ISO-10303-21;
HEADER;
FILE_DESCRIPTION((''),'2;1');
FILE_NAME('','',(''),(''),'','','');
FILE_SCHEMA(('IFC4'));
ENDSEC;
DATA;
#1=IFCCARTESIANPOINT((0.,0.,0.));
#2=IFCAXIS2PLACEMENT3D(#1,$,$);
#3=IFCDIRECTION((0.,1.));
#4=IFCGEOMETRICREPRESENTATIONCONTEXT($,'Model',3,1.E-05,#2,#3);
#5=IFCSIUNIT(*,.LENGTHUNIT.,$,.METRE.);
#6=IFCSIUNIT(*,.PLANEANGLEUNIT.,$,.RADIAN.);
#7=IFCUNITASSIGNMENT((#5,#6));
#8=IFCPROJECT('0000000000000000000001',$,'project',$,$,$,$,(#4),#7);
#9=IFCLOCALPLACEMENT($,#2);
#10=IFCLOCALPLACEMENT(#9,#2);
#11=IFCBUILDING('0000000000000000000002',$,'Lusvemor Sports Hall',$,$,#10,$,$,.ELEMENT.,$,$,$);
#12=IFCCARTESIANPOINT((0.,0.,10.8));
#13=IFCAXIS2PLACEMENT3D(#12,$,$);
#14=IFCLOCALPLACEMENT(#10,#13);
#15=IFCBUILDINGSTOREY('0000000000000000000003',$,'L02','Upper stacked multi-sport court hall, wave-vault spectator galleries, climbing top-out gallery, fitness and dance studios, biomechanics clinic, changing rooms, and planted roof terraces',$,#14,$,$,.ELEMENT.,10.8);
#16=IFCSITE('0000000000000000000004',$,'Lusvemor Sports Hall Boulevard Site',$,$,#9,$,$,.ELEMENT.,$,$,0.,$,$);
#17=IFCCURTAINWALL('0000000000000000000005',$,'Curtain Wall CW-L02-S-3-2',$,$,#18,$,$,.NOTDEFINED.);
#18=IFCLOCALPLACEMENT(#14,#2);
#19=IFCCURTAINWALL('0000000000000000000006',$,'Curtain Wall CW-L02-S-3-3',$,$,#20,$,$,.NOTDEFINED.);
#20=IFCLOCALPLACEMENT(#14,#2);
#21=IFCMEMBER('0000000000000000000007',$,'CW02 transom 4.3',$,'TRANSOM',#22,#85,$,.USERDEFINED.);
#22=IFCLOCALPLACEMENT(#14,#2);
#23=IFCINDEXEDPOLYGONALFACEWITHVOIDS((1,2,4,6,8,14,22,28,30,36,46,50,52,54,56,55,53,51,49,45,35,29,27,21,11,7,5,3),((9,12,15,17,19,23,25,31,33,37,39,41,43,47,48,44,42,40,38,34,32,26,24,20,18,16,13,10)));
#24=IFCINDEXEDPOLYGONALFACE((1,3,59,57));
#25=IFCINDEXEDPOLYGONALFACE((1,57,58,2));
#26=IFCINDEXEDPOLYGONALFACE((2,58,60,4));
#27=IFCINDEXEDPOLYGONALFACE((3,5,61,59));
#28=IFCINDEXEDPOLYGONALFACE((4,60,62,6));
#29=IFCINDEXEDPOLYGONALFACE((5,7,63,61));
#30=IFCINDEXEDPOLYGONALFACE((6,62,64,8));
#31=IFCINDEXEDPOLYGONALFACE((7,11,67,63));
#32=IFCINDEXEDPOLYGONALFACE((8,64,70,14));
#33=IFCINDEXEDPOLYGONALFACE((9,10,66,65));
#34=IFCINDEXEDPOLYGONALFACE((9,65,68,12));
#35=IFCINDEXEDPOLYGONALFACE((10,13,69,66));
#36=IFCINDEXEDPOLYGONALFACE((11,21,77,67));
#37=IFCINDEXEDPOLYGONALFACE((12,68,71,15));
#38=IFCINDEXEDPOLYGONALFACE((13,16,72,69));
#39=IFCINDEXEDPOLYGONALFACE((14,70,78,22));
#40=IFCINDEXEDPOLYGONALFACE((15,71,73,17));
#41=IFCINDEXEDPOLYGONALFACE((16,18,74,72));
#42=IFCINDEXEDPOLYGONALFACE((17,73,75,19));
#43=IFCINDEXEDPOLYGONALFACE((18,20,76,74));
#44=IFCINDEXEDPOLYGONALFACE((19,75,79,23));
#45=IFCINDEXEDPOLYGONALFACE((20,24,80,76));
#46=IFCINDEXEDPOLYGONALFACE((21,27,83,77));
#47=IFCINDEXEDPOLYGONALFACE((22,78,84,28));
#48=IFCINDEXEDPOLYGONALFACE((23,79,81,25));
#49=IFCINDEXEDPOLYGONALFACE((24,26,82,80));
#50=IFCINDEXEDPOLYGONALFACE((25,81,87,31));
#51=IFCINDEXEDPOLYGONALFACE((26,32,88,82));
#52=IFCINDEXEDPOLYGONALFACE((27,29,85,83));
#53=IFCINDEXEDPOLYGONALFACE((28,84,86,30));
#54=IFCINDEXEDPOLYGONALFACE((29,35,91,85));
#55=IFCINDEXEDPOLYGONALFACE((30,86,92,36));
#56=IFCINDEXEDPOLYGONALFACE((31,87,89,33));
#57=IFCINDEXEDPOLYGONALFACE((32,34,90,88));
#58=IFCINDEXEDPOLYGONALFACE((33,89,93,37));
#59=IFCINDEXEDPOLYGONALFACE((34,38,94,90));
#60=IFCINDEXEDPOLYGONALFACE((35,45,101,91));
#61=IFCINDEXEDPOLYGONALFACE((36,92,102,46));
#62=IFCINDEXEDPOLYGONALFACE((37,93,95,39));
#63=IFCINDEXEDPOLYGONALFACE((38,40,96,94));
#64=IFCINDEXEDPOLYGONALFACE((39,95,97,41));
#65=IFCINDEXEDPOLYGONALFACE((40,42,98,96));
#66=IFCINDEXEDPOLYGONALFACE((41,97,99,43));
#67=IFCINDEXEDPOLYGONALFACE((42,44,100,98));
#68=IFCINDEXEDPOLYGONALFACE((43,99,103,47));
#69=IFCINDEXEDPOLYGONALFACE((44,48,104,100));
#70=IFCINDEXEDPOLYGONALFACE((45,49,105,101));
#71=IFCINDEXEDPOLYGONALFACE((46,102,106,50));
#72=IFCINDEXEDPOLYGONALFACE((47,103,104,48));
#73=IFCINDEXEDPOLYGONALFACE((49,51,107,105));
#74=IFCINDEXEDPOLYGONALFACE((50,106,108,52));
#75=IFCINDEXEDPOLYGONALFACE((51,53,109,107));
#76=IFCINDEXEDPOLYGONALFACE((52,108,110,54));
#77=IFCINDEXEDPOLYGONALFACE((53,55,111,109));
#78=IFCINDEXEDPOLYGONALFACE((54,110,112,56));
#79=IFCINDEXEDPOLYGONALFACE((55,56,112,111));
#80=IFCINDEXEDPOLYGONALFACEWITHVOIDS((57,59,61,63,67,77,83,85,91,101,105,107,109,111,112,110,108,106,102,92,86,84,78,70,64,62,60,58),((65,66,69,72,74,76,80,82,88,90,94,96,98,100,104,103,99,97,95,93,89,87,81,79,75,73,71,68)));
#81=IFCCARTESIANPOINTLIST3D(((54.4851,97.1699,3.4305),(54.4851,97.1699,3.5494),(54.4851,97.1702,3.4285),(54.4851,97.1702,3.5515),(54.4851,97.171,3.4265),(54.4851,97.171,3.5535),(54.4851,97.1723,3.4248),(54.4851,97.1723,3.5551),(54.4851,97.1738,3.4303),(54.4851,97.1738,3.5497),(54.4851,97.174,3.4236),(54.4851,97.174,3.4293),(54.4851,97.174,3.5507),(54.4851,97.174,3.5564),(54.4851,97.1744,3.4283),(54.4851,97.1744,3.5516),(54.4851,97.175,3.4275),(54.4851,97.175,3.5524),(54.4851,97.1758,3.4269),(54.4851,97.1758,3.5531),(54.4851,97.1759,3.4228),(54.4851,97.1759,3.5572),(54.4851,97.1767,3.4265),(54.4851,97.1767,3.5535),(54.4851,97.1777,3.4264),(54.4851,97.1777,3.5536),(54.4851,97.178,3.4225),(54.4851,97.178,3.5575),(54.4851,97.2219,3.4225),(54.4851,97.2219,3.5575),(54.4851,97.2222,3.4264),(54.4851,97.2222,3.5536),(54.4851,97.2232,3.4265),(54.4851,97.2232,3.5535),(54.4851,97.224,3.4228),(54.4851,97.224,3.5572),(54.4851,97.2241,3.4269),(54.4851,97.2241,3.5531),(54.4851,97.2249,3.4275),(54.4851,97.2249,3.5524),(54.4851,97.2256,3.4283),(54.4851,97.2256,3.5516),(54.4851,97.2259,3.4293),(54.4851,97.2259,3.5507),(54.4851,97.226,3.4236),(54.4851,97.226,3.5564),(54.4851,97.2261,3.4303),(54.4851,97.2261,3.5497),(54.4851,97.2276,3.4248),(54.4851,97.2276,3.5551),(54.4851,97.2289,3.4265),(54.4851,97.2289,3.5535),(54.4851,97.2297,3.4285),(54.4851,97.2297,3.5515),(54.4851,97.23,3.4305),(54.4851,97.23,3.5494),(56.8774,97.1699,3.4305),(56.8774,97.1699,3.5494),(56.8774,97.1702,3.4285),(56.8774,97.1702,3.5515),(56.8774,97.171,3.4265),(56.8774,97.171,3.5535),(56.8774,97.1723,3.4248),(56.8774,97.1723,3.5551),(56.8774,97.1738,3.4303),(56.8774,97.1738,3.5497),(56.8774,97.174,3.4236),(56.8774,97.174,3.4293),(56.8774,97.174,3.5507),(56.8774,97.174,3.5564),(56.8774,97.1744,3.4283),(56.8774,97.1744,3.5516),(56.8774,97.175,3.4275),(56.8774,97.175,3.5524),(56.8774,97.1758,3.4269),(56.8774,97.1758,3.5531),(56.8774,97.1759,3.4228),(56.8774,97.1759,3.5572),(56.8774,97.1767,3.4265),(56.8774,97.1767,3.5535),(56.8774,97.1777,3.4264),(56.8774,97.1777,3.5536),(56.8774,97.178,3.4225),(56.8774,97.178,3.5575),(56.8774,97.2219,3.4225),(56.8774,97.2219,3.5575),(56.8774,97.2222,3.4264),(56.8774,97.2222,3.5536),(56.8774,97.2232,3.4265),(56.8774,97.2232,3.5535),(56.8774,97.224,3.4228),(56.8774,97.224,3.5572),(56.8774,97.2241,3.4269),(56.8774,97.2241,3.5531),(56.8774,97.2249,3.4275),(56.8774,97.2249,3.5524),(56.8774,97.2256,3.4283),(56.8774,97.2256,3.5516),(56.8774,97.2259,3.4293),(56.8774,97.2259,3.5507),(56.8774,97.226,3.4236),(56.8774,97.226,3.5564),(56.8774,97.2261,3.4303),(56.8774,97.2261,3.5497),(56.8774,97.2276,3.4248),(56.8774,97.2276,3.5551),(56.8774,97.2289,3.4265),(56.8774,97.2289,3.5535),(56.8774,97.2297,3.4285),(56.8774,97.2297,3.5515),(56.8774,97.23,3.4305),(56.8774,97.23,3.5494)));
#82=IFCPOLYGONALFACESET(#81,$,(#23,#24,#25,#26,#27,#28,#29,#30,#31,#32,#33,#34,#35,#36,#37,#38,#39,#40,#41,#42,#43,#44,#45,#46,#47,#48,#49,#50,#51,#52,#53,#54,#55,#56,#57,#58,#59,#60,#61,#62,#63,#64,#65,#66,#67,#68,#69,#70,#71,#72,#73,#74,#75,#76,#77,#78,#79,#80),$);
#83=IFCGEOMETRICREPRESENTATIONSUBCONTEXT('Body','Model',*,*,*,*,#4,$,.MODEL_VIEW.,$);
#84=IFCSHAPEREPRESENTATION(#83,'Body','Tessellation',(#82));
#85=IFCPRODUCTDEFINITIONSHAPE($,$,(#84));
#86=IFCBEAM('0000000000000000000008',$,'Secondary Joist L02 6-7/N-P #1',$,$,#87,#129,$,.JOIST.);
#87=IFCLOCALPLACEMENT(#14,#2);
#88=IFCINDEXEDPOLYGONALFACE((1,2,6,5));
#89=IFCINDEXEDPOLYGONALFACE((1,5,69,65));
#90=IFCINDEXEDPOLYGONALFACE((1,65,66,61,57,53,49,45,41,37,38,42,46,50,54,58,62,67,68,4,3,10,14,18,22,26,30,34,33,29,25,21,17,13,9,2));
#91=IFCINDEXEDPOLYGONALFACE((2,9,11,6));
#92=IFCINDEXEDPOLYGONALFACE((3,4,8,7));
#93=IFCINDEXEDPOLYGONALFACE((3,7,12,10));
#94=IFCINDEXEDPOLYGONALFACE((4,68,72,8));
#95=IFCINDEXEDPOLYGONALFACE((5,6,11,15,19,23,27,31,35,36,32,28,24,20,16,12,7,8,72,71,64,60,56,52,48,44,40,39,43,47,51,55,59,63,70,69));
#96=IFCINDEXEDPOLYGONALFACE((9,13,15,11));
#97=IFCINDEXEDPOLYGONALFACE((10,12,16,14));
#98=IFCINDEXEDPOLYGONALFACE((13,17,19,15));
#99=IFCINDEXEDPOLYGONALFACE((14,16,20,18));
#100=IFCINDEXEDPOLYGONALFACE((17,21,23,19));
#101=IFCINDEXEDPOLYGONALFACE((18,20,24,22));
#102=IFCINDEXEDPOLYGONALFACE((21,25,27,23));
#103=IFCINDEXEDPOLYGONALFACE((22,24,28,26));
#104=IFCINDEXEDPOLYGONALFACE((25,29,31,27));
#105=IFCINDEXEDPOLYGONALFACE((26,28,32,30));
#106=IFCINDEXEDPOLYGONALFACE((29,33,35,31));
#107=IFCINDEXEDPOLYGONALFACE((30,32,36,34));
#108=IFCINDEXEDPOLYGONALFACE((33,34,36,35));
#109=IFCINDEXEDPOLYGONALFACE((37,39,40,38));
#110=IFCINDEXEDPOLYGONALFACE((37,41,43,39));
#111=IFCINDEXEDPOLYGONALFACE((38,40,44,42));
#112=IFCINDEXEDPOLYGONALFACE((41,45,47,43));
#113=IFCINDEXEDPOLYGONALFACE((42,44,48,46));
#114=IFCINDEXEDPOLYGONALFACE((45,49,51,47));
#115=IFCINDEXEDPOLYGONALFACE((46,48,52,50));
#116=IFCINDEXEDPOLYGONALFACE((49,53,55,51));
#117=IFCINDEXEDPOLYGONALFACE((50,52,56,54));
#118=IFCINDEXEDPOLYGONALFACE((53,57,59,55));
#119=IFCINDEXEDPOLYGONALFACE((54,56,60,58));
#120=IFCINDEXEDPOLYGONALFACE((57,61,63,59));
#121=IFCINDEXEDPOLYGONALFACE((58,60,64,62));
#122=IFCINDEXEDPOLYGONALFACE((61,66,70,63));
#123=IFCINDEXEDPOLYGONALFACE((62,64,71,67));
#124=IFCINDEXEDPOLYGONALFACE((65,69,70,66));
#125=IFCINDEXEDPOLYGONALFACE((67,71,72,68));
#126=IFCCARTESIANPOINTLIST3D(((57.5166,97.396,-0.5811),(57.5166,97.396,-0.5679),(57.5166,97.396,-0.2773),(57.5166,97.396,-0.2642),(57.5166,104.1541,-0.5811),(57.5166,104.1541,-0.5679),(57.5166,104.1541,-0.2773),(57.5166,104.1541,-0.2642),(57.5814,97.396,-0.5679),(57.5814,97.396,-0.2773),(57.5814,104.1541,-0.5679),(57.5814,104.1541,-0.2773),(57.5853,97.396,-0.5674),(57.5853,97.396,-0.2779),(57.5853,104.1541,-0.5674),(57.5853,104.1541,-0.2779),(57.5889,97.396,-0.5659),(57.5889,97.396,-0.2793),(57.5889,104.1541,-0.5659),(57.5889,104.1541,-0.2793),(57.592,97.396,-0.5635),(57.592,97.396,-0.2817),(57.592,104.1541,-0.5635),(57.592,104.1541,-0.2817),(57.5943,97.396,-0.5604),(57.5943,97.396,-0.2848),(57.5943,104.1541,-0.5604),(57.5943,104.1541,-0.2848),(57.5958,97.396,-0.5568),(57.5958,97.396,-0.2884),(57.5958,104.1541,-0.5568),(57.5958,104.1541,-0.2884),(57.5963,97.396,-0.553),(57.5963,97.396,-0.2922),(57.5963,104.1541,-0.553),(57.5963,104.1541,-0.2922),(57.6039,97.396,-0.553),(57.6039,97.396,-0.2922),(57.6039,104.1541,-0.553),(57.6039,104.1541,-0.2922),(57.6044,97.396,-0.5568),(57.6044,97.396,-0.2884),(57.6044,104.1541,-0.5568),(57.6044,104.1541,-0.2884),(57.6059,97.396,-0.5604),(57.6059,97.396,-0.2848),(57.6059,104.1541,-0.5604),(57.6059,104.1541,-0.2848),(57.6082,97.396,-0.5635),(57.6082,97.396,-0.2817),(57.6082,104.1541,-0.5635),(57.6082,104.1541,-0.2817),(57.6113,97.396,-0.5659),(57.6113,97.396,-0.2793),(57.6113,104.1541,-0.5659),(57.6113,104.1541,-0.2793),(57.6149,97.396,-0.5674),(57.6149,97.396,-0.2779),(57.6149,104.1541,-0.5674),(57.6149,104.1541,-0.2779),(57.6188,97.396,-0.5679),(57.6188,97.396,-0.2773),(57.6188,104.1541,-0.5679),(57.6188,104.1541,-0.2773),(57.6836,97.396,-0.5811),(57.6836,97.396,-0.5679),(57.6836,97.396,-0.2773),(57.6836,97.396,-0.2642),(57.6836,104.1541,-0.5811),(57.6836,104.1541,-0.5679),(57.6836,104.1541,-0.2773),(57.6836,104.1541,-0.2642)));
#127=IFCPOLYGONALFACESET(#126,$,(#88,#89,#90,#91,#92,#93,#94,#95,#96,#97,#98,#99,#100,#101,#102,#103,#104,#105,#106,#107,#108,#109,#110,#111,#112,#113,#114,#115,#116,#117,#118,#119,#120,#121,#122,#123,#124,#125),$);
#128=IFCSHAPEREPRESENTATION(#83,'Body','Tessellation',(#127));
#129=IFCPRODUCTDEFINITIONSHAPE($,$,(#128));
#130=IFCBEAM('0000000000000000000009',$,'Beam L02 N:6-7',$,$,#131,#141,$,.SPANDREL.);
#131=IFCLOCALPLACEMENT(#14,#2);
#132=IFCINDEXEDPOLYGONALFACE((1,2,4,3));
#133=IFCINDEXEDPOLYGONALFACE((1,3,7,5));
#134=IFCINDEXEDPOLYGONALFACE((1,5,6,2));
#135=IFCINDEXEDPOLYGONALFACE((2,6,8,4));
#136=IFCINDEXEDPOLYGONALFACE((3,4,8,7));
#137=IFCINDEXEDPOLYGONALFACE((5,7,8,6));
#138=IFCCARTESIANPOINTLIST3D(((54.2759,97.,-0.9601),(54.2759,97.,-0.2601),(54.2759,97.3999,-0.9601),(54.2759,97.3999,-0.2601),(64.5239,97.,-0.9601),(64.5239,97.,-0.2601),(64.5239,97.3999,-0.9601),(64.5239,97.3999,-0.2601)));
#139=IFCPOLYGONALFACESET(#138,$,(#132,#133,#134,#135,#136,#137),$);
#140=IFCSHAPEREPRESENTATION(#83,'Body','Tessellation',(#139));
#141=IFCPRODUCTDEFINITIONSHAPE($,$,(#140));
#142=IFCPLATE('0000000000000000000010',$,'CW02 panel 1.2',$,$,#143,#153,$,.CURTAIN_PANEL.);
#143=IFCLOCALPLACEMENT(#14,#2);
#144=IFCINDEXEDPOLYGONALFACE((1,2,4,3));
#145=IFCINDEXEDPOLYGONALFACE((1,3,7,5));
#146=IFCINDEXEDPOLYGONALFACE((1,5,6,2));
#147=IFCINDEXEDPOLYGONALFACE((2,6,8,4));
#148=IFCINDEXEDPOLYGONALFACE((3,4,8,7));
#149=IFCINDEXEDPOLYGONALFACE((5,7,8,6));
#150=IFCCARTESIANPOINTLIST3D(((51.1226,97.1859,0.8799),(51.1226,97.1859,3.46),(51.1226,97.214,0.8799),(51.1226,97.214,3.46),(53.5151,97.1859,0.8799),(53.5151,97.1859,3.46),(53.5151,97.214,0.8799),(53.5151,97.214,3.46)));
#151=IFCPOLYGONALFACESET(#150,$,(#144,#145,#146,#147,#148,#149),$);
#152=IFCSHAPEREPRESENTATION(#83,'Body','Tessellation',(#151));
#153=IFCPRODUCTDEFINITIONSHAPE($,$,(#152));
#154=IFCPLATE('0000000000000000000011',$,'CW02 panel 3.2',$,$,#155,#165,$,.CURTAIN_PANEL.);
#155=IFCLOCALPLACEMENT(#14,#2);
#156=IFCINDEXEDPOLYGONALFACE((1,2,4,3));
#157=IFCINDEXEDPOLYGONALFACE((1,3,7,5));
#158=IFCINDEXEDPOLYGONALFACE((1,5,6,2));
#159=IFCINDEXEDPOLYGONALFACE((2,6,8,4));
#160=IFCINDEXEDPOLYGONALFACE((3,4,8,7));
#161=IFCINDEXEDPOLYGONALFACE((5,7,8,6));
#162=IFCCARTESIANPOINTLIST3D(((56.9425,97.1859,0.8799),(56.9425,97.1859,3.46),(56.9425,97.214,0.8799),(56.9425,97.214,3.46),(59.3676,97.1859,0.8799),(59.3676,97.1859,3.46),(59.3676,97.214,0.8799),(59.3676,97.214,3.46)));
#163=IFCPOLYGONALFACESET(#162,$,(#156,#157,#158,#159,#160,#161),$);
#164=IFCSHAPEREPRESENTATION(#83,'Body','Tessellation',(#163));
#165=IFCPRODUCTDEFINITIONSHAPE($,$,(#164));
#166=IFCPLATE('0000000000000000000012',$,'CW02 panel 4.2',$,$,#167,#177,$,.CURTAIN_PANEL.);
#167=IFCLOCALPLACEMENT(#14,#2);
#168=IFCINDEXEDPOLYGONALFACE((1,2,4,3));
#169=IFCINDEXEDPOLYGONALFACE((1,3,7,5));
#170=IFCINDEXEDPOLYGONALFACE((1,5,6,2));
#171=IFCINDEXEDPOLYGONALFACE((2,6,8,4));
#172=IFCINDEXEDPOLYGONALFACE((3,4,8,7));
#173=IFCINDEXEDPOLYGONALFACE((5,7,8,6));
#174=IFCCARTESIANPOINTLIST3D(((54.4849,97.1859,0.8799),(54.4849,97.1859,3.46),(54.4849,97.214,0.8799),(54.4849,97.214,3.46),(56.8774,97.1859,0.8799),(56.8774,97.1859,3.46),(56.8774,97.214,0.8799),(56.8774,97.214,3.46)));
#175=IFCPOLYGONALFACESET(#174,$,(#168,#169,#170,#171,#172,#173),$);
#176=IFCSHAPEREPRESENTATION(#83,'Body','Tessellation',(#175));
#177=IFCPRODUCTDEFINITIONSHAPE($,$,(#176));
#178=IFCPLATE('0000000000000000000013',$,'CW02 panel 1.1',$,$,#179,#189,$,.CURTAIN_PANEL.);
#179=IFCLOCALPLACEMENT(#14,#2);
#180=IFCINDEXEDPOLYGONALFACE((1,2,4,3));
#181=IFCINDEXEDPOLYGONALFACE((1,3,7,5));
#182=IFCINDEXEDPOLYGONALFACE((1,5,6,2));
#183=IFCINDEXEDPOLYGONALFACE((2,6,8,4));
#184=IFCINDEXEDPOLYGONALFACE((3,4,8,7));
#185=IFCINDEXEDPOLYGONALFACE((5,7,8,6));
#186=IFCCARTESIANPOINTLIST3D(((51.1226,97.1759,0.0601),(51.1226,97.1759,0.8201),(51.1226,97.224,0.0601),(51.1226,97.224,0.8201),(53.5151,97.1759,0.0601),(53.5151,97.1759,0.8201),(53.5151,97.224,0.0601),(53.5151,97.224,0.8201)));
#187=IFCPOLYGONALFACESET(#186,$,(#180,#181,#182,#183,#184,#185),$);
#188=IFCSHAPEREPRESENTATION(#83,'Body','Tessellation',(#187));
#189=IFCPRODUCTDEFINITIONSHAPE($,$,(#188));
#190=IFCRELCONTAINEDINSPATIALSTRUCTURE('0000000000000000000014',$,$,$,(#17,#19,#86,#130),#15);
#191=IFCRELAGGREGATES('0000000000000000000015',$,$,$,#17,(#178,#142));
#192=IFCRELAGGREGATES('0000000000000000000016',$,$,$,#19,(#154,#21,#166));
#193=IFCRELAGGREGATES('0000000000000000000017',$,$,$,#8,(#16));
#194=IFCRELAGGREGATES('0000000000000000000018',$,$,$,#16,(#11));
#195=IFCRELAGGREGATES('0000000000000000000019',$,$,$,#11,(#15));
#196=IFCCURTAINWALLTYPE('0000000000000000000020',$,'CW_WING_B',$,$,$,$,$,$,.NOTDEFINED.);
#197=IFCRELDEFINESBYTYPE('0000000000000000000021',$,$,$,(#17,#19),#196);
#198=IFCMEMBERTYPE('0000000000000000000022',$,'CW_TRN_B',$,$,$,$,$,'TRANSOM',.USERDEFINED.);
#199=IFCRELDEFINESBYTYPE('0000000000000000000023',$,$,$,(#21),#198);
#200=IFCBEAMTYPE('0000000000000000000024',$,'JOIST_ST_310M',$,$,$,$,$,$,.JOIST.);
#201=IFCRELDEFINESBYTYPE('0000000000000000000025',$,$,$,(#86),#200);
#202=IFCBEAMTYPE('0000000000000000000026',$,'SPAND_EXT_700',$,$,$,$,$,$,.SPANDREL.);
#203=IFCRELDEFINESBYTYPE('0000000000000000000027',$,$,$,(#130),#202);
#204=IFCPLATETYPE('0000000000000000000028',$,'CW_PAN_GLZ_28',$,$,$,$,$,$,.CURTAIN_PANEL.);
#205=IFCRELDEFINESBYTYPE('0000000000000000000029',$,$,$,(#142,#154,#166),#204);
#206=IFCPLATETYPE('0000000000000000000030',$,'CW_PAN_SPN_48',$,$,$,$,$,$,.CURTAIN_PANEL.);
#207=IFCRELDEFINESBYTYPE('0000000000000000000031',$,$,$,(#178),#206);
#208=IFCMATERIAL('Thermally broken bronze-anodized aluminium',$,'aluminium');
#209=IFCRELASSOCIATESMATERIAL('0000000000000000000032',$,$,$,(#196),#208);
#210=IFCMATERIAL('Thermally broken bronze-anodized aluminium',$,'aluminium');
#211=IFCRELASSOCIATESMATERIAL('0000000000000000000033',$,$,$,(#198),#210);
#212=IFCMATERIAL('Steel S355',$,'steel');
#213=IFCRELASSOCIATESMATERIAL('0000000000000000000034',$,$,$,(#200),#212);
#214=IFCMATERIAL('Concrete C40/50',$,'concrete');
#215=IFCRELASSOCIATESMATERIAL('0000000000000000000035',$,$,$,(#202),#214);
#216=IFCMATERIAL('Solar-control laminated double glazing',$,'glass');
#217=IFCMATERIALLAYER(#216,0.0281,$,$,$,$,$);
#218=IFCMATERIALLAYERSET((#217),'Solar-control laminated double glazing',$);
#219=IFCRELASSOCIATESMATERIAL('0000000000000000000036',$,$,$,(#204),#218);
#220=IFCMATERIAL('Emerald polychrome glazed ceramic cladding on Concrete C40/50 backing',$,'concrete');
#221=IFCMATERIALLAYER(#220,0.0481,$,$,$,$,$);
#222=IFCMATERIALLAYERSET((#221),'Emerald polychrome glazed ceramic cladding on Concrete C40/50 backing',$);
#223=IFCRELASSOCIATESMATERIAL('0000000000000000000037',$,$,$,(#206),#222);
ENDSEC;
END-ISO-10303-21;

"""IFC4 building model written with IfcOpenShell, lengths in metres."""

from ifc_helpers import new_model, si_unit, direction, frame, origin, origin_2d, place, context, subcontext, project, spatial, rectangle, hollow_rectangle, i_section, extrude, material, layer, layer_set, material_profile, profile_set, type_object, element, aggregate, save


model = new_model("IFC4")

# Units and contexts
model_context = context("Model", 3, precision=1e-05, world=origin(), true_north=direction((0.0, 1.0)))
body_context = subcontext(model_context, "Body", "Model", "MODEL_VIEW")
ifc_project = project(units=[si_unit("LENGTHUNIT", "METRE"), si_unit("PLANEANGLEUNIT", "RADIAN")], contexts=[model_context])

# Site, building, storey
site_placement = place(None, origin())
site = spatial("IfcSite", under=ifc_project, at=site_placement, Name="Lusvemor Sports Hall Boulevard Site", CompositionType="ELEMENT", RefElevation=0.0)
building_placement = place(site_placement, origin())
building = spatial("IfcBuilding", under=site, at=building_placement, Name="Lusvemor Sports Hall", CompositionType="ELEMENT")
storey_placement = place(building_placement, frame((0.0, 0.0, 10.8)))
storey = spatial("IfcBuildingStorey", under=building, at=storey_placement, Name="L02", Description="Upper stacked multi-sport court hall, wave-vault spectator galleries, climbing top-out gallery, fitness and dance studios, biomechanics clinic, changing rooms, and planted roof terraces", CompositionType="ELEMENT", Elevation=10.8)

# Curtain wall
ifc_material_1 = material(Name="Thermally broken bronze-anodized aluminium", Category="aluminium")
curtain_wall_type = type_object("IfcCurtainWallType", Name="CW_WING_B", PredefinedType="NOTDEFINED", material=ifc_material_1)
curtain_wall_1_placement = place(storey_placement, origin())
curtain_wall_1 = element("IfcCurtainWall", 1, at=curtain_wall_1_placement, inside=storey, type_object=curtain_wall_type, Name="Curtain Wall CW-L02-S-3-2", PredefinedType="NOTDEFINED")

# Curtain wall
curtain_wall_2_placement = place(storey_placement, origin())
curtain_wall_2 = element("IfcCurtainWall", 2, at=curtain_wall_2_placement, inside=storey, type_object=curtain_wall_type, Name="Curtain Wall CW-L02-S-3-3", PredefinedType="NOTDEFINED")

# Member
ifc_material_2 = material(Name="Thermally broken bronze-anodized aluminium", Category="aluminium")
ifc_material_profile_1 = material_profile(ifc_material_2, hollow_rectangle(XDim=0.0601, YDim=0.135, WallThickness=0.0039, InnerFilletRadius=0.0039, OuterFilletRadius=0.0081, at=origin_2d()), Name="CWTRN135x60x4")
ifc_profile_set_1 = profile_set([ifc_material_profile_1], Name="Thermally broken bronze-anodized aluminium")
member_type_1 = type_object("IfcMemberType", Name="CW_TRN_B", ElementType="TRANSOM", PredefinedType="USERDEFINED", material=ifc_profile_set_1)
member_1_placement = place(storey_placement, frame((56.8774, 97.2, 3.49), z_axis=(-1.0, 0.0, 0.0), x_axis=(0.0, -1.0, 0.0)))
member_1 = element("IfcMember", 3, at=member_1_placement, type_object=member_type_1, Name="CW02 transom 4.3", ObjectType="TRANSOM", PredefinedType="USERDEFINED", context=body_context, shape_type="SweptSolid", body=[
    extrude(hollow_rectangle(XDim=0.0601, YDim=0.135, WallThickness=0.0039, InnerFilletRadius=0.0039, OuterFilletRadius=0.0081, at=origin_2d()), origin(), (0.0, 0.0, 1.0), 2.3923),
])

# Beams
ifc_material_3 = material(Name="Steel S355", Category="steel")
ifc_material_profile_2 = material_profile(ifc_material_3, i_section(OverallWidth=0.167, OverallDepth=0.3169, WebThickness=0.0076, FlangeThickness=0.0132, FilletRadius=0.0149, at=origin_2d()), Name="W310x52.0")
ifc_profile_set_2 = profile_set([ifc_material_profile_2], Name="Steel S355")
beam_type_1 = type_object("IfcBeamType", Name="JOIST_ST_310M", PredefinedType="JOIST", material=ifc_profile_set_2)
beam_1_placement = place(storey_placement, frame((57.6001, 97.396, -0.4226), z_axis=(0.0, 1.0, 0.0), x_axis=(-1.0, 0.0, 0.0)))
element("IfcBeam", 4, at=beam_1_placement, inside=storey, type_object=beam_type_1, Name="Secondary Joist L02 6-7/N-P #1", PredefinedType="JOIST", context=body_context, shape_type="SweptSolid", body=[
    extrude(i_section(OverallWidth=0.167, OverallDepth=0.3169, WebThickness=0.0076, FlangeThickness=0.0132, FilletRadius=0.0149, at=origin_2d()), origin(), (0.0, 0.0, 1.0), 6.7581),
])
ifc_material_4 = material(Name="Concrete C40/50", Category="concrete")
ifc_material_profile_3 = material_profile(ifc_material_4, rectangle(XDim=0.3999, YDim=0.7, at=origin_2d()), Name="RC400x700")
ifc_profile_set_3 = profile_set([ifc_material_profile_3], Name="Concrete C40/50")
beam_type_2 = type_object("IfcBeamType", Name="SPAND_EXT_700", PredefinedType="SPANDREL", material=ifc_profile_set_3)
beam_2_placement = place(storey_placement, frame((54.2759, 97.2, -0.6101), z_axis=(1.0, 0.0, 0.0), x_axis=(0.0, 1.0, 0.0)))
element("IfcBeam", 5, at=beam_2_placement, inside=storey, type_object=beam_type_2, Name="Beam L02 N:6-7", PredefinedType="SPANDREL", context=body_context, shape_type="SweptSolid", body=[
    extrude(rectangle(XDim=0.3999, YDim=0.7, at=origin_2d()), origin(), (0.0, 0.0, 1.0), 10.248),
])

# Plates
ifc_material_5 = material(Name="Solar-control laminated double glazing", Category="glass")
ifc_layer_1 = layer(ifc_material_5, 0.0281)
ifc_layer_set_1 = layer_set([ifc_layer_1], Name="Solar-control laminated double glazing")
plate_type_1 = type_object("IfcPlateType", Name="CW_PAN_GLZ_28", PredefinedType="CURTAIN_PANEL", material=ifc_layer_set_1)
plate_1_placement = place(storey_placement, frame((52.3188, 97.2, 0.8799), z_axis=(0.0, 0.0, 1.0), x_axis=(-1.0, 0.0, 0.0)))
plate_1 = element("IfcPlate", 6, at=plate_1_placement, type_object=plate_type_1, Name="CW02 panel 1.2", PredefinedType="CURTAIN_PANEL", context=body_context, shape_type="SweptSolid", body=[
    extrude(rectangle(XDim=2.3926, YDim=0.0281, at=origin_2d()), origin(), (0.0, 0.0, 1.0), 2.5801),
])
plate_2_placement = place(storey_placement, frame((58.155, 97.2, 0.8799), z_axis=(0.0, 0.0, 1.0), x_axis=(-1.0, 0.0, 0.0)))
plate_2 = element("IfcPlate", 7, at=plate_2_placement, type_object=plate_type_1, Name="CW02 panel 3.2", PredefinedType="CURTAIN_PANEL", context=body_context, shape_type="SweptSolid", body=[
    extrude(rectangle(XDim=2.425, YDim=0.0281, at=origin_2d()), origin(), (0.0, 0.0, 1.0), 2.5801),
])
plate_3_placement = place(storey_placement, frame((55.6812, 97.2, 0.8799), z_axis=(0.0, 0.0, 1.0), x_axis=(-1.0, 0.0, 0.0)))
plate_3 = element("IfcPlate", 8, at=plate_3_placement, type_object=plate_type_1, Name="CW02 panel 4.2", PredefinedType="CURTAIN_PANEL", context=body_context, shape_type="SweptSolid", body=[
    extrude(rectangle(XDim=2.3926, YDim=0.0281, at=origin_2d()), origin(), (0.0, 0.0, 1.0), 2.5801),
])
ifc_material_6 = material(Name="Emerald polychrome glazed ceramic cladding on Concrete C40/50 backing", Category="concrete")
ifc_layer_2 = layer(ifc_material_6, 0.0481)
ifc_layer_set_2 = layer_set([ifc_layer_2], Name="Emerald polychrome glazed ceramic cladding on Concrete C40/50 backing")
plate_type_2 = type_object("IfcPlateType", Name="CW_PAN_SPN_48", PredefinedType="CURTAIN_PANEL", material=ifc_layer_set_2)
plate_4_placement = place(storey_placement, frame((52.3188, 97.2, 0.0601), z_axis=(0.0, 0.0, 1.0), x_axis=(-1.0, 0.0, 0.0)))
plate_4 = element("IfcPlate", 9, at=plate_4_placement, type_object=plate_type_2, Name="CW02 panel 1.1", PredefinedType="CURTAIN_PANEL", context=body_context, shape_type="SweptSolid", body=[
    extrude(rectangle(XDim=2.3926, YDim=0.0481, at=origin_2d()), origin(), (0.0, 0.0, 1.0), 0.76),
])
aggregate(curtain_wall_1, [plate_4, plate_1])
aggregate(curtain_wall_2, [plate_2, member_1, plate_3])

save(model, "model.ifc")
